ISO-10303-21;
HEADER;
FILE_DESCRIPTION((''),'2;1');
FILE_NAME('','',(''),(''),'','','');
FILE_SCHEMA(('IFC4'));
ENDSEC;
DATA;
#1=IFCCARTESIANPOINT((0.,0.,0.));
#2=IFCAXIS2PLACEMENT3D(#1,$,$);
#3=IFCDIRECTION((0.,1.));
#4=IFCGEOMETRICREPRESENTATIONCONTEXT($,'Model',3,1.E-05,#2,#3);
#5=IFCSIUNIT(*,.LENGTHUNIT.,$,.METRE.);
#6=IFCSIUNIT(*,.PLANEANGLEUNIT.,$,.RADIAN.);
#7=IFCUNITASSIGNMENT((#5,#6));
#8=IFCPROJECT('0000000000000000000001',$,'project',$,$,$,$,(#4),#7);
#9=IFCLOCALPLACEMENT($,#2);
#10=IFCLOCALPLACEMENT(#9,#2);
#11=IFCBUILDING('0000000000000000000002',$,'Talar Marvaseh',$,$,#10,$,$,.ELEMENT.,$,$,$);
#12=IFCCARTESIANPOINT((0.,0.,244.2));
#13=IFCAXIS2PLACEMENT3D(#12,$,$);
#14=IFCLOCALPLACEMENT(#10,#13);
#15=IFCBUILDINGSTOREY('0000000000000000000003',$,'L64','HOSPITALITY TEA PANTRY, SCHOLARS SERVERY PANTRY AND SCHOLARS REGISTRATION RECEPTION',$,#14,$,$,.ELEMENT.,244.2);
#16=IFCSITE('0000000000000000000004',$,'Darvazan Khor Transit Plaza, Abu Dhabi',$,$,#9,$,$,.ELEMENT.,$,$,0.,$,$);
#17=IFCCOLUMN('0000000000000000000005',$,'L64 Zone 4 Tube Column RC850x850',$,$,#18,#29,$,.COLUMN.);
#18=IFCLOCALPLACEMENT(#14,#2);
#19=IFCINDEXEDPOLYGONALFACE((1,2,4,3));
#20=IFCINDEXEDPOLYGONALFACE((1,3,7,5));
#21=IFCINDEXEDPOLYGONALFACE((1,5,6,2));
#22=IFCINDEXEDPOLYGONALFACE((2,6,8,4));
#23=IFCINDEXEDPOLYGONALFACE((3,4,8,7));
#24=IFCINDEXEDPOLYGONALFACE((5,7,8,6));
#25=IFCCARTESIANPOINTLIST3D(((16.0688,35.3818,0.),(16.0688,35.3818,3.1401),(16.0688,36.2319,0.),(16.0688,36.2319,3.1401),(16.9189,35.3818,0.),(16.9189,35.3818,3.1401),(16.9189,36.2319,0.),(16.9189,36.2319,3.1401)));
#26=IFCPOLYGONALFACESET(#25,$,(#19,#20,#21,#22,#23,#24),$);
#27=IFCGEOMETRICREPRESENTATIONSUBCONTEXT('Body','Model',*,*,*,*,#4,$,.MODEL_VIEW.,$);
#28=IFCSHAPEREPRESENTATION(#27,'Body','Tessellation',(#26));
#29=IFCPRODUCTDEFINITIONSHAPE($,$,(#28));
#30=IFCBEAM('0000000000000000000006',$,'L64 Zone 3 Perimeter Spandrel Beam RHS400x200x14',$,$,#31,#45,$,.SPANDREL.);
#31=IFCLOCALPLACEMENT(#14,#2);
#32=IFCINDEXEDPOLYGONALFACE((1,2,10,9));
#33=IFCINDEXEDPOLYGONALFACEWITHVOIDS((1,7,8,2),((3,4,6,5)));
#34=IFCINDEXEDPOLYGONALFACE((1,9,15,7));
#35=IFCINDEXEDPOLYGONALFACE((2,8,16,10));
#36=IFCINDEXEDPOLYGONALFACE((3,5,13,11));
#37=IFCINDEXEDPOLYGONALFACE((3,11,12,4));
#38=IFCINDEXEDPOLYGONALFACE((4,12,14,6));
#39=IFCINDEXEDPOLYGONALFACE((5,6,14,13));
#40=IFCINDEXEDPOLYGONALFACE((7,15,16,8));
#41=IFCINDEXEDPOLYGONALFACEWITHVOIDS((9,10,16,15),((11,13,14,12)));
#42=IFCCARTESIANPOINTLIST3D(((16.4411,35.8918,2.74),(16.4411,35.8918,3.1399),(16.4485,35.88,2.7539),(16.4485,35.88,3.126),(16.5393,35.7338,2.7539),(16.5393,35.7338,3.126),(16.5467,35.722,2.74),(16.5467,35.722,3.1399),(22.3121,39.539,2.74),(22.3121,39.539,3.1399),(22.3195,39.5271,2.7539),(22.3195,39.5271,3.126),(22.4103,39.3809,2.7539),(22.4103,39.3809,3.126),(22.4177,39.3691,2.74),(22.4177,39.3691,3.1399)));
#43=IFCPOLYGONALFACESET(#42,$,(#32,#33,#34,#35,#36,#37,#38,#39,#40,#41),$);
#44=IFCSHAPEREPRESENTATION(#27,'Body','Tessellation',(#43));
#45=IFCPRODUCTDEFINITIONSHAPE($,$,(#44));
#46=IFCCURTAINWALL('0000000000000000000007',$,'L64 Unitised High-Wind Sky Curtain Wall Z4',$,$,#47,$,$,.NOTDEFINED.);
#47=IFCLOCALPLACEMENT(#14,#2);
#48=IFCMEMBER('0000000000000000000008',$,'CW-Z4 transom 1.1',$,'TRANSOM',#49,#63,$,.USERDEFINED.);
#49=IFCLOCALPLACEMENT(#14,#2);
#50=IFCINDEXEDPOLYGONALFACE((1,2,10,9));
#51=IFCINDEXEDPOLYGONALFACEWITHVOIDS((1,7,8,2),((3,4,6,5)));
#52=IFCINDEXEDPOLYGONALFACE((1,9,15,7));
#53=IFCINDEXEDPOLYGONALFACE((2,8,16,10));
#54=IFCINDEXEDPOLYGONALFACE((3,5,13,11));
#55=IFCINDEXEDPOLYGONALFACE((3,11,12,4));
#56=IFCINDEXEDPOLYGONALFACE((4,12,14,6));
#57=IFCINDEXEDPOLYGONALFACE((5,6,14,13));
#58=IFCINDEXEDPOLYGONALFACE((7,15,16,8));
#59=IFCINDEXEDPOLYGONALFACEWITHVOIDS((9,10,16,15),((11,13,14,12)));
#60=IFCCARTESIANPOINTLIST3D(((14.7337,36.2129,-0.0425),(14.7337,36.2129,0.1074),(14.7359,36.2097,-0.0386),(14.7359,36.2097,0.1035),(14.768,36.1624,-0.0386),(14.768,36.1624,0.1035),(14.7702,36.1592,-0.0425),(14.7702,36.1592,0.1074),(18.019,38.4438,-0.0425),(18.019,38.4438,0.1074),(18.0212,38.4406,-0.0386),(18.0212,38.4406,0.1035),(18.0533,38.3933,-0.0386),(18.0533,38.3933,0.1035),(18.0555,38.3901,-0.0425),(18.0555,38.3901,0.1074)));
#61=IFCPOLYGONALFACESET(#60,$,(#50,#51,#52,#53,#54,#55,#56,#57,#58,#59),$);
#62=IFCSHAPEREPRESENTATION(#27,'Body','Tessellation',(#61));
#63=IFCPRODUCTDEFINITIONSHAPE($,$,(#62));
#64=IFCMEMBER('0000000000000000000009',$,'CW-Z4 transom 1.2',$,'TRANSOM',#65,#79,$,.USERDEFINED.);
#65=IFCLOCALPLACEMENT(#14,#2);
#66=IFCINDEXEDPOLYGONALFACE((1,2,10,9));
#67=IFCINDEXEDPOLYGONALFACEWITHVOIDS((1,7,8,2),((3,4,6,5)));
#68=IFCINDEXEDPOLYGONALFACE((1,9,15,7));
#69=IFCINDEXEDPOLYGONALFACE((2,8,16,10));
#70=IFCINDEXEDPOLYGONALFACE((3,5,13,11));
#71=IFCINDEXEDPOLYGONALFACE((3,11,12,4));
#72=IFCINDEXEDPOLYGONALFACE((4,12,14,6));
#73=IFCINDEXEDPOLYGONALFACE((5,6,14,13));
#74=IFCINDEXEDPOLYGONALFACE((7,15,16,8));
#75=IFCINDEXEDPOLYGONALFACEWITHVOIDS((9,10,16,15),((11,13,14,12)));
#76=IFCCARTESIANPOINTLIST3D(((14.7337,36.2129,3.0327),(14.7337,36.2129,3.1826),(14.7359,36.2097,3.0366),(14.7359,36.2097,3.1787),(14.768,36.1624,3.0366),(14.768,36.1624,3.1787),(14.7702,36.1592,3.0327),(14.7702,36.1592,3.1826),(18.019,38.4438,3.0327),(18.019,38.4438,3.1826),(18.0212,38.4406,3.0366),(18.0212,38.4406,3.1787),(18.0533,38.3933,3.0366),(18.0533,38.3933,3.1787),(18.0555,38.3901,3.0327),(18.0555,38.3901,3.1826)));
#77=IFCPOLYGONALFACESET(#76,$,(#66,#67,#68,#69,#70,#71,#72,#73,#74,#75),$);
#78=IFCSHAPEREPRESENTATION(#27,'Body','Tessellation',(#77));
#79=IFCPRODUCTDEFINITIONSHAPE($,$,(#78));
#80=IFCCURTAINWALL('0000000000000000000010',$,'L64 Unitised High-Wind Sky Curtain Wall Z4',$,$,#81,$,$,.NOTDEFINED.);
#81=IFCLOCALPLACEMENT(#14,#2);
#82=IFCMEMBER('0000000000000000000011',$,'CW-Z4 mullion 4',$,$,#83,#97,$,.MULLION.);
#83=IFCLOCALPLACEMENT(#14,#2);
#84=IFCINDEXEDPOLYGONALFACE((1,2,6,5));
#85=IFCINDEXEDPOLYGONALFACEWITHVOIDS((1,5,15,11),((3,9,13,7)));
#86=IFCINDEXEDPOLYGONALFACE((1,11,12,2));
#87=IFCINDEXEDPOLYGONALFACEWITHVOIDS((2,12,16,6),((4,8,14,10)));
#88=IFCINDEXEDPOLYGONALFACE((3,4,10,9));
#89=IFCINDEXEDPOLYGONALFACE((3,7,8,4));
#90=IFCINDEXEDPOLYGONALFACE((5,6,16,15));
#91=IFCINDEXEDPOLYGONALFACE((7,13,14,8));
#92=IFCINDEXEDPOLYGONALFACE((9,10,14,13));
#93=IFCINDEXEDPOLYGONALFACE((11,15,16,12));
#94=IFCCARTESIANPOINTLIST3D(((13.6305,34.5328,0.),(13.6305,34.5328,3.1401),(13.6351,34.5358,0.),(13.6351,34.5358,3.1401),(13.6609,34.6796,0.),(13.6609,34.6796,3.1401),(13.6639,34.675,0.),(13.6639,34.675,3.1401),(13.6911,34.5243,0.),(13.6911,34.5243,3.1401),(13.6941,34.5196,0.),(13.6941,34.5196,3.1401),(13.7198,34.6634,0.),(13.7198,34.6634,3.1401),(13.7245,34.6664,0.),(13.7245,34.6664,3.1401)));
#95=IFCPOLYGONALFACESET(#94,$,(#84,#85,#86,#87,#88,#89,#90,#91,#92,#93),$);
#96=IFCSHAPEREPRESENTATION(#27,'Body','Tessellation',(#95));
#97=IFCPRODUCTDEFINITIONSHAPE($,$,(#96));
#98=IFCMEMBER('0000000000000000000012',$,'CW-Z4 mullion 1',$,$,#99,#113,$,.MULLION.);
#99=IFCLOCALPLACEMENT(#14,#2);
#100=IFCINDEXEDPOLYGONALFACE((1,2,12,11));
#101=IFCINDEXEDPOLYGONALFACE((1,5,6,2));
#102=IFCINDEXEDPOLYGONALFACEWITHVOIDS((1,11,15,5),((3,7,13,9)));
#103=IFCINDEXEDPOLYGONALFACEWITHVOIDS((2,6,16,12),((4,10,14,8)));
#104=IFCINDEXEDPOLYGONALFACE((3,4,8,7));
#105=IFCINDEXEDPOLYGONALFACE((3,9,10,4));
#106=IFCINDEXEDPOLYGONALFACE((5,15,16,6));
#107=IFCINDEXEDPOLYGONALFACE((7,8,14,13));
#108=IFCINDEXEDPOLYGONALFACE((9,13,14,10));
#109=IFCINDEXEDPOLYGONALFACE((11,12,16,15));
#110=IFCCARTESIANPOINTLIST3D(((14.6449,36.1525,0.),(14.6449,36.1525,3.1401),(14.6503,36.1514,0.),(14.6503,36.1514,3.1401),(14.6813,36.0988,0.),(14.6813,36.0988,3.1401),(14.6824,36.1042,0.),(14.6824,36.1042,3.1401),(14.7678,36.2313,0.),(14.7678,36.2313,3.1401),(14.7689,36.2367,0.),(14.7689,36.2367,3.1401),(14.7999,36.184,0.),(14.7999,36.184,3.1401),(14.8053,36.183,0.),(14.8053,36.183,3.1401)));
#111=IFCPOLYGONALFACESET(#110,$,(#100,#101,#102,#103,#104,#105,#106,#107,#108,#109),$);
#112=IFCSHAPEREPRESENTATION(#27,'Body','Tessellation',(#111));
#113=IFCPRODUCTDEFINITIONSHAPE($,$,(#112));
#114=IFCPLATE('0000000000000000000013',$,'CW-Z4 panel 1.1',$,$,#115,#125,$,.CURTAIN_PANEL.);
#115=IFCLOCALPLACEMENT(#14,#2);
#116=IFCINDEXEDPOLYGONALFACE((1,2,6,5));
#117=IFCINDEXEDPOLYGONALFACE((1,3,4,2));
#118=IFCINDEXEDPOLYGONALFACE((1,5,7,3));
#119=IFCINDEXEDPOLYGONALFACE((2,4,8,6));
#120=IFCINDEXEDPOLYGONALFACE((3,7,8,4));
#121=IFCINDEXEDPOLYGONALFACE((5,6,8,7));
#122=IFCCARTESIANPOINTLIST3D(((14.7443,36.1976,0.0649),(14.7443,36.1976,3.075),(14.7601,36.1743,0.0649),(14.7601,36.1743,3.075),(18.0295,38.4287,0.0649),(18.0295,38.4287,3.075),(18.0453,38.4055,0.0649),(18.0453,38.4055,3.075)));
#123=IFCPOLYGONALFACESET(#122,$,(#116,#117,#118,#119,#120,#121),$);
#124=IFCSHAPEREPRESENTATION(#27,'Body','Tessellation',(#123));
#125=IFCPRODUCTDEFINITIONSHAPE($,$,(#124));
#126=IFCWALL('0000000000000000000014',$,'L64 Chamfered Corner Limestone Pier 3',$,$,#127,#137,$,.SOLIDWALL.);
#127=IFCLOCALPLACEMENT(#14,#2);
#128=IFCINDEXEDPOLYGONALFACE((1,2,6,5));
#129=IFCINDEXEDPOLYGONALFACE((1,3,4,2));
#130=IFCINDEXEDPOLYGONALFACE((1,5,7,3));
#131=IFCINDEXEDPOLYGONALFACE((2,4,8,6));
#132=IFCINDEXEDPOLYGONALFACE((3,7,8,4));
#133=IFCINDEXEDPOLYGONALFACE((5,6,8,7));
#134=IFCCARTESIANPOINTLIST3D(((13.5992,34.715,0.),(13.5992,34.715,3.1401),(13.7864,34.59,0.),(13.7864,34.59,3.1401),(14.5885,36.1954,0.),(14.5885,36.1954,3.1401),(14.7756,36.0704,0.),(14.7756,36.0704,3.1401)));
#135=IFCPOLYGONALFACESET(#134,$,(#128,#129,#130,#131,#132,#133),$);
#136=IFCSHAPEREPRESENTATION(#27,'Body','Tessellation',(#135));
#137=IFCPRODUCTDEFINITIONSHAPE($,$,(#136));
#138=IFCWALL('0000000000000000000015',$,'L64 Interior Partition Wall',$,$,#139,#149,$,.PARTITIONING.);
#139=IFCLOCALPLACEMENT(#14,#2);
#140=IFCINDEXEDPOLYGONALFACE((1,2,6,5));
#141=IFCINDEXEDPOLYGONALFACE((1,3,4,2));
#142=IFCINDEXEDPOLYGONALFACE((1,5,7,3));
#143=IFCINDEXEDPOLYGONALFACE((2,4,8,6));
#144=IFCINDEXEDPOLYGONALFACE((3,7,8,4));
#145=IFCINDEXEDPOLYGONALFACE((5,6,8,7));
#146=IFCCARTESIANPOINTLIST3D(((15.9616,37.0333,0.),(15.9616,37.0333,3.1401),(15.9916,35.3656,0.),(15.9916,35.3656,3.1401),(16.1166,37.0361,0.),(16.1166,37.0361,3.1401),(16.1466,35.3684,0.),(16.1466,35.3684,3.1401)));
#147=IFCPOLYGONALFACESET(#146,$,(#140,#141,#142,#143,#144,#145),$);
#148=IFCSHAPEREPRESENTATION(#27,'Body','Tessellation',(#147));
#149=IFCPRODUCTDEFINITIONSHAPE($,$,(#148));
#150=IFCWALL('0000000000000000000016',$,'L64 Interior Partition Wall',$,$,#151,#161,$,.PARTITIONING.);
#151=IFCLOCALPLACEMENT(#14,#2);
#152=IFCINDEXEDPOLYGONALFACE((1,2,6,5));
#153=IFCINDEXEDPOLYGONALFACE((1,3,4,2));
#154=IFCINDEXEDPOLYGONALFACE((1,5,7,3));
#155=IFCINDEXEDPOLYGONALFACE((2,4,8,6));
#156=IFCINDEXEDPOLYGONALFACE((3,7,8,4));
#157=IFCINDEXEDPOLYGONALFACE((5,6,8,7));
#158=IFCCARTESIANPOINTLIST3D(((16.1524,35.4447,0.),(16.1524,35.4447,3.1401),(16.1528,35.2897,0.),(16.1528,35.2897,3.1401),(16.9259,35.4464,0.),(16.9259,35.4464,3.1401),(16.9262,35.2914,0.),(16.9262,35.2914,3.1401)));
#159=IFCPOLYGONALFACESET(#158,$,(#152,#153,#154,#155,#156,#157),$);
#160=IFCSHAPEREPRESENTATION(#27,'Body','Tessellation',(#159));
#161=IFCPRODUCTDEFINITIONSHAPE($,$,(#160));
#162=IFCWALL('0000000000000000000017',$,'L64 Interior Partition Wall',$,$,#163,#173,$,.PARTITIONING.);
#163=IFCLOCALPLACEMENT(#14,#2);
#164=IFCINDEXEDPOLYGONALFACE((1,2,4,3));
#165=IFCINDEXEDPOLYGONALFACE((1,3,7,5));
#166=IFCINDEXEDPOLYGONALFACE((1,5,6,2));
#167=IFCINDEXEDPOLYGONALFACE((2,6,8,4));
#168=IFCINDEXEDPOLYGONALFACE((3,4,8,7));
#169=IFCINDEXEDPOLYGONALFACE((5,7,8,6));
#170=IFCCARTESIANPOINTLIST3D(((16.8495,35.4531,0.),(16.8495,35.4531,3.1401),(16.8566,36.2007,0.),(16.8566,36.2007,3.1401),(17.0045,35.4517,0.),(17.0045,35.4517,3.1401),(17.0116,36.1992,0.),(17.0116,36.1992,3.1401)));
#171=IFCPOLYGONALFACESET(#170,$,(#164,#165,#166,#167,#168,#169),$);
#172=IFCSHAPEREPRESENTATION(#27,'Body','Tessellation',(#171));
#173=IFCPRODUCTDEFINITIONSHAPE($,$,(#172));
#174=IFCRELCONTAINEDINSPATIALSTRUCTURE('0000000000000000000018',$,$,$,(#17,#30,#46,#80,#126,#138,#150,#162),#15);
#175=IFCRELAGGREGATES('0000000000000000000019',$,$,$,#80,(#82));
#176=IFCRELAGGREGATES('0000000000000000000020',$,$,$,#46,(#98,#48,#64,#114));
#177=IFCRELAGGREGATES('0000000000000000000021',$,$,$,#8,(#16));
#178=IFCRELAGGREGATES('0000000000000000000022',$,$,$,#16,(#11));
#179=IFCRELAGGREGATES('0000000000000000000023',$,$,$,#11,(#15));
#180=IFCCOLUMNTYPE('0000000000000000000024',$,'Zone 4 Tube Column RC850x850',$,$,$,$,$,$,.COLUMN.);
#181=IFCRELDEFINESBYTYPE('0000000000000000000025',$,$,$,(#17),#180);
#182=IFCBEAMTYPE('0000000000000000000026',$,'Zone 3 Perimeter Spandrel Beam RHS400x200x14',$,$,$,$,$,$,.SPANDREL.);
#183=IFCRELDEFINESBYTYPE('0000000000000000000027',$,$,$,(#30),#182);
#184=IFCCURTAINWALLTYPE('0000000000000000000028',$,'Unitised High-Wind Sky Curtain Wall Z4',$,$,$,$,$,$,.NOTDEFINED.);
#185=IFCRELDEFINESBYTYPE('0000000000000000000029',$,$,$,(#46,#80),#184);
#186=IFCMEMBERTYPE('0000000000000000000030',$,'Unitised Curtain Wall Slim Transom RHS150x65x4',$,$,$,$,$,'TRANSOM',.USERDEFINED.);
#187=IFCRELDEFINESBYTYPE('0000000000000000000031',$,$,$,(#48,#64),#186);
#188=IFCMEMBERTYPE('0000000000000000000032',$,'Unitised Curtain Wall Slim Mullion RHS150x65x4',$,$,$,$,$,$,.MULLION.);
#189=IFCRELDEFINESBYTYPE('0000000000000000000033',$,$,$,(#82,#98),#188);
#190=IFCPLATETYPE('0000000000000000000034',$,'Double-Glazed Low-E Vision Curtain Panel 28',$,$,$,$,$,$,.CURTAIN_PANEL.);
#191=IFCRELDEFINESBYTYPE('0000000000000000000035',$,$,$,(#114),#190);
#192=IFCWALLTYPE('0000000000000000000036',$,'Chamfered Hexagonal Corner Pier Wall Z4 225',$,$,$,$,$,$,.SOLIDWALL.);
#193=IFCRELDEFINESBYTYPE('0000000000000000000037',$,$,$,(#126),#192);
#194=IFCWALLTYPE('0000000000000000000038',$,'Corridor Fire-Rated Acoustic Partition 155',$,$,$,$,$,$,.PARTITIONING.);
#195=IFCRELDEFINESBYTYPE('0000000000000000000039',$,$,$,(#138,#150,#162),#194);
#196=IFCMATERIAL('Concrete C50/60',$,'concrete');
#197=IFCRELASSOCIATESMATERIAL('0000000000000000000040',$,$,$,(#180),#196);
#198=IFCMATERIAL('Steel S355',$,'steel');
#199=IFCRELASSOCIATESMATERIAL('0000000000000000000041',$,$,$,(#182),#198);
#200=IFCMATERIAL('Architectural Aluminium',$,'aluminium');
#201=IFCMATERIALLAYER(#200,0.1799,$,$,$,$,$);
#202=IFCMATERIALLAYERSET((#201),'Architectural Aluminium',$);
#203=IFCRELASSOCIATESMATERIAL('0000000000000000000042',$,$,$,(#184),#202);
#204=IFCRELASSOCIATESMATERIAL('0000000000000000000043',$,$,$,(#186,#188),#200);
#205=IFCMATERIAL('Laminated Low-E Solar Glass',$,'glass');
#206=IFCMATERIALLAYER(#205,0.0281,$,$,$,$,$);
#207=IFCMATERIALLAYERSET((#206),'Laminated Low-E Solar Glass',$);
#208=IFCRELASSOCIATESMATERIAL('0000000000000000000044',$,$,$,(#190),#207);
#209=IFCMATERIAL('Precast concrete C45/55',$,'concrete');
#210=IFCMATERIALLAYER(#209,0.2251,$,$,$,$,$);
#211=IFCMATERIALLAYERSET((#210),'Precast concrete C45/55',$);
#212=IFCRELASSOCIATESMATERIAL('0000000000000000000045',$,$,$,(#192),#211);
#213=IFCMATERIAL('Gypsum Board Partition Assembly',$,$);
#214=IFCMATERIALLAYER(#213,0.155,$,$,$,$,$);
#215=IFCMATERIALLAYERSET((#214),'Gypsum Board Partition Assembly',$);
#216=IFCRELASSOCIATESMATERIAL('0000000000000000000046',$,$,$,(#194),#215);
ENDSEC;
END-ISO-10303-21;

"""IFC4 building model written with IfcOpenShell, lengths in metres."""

from ifc_helpers import new_model, si_unit, direction, frame, frame_2d, origin, origin_2d, place, context, subcontext, project, spatial, rectangle, hollow_rectangle, extrude, source, transform, mapped, material, layer, layer_set, material_profile, profile_set, type_object, type_shapes, element, aggregate, save


model = new_model("IFC4")

# Units and contexts
model_context = context("Model", 3, precision=1e-05, world=origin(), true_north=direction((0.0, 1.0)))
body_context = subcontext(model_context, "Body", "Model", "MODEL_VIEW")
ifc_project = project(units=[si_unit("LENGTHUNIT", "METRE"), si_unit("PLANEANGLEUNIT", "RADIAN")], contexts=[model_context])

# Site, building, storey
site_placement = place(None, origin())
site = spatial("IfcSite", under=ifc_project, at=site_placement, Name="Darvazan Khor Transit Plaza, Abu Dhabi", CompositionType="ELEMENT", RefElevation=0.0)
building_placement = place(site_placement, origin())
building = spatial("IfcBuilding", under=site, at=building_placement, Name="Talar Marvaseh", CompositionType="ELEMENT")
storey_placement = place(building_placement, frame((0.0, 0.0, 244.2)))
storey = spatial("IfcBuildingStorey", under=building, at=storey_placement, Name="L64", Description="HOSPITALITY TEA PANTRY, SCHOLARS SERVERY PANTRY AND SCHOLARS REGISTRATION RECEPTION", CompositionType="ELEMENT", Elevation=244.2)

# Column
ifc_material_1 = material(Name="Concrete C50/60", Category="concrete")
ifc_material_profile_1 = material_profile(ifc_material_1, rectangle(XDim=0.8501, YDim=0.8501, at=origin_2d()), Name="RC850x850")
ifc_profile_set_1 = profile_set([ifc_material_profile_1], Name="Concrete C50/60")
column_type = type_object("IfcColumnType", Name="Zone 4 Tube Column RC850x850", PredefinedType="COLUMN", material=ifc_profile_set_1)
column_placement = place(storey_placement, frame((16.4939, 35.8069, 0.0), z_axis=(0.0, 0.0, 1.0), x_axis=(1.0, 0.0, 0.0)))
element("IfcColumn", 1, at=column_placement, inside=storey, type_object=column_type, Name="L64 Zone 4 Tube Column RC850x850", PredefinedType="COLUMN", context=body_context, shape_type="SweptSolid", body=[
    extrude(rectangle(XDim=0.8501, YDim=0.8501, at=origin_2d()), origin(), (0.0, 0.0, 1.0), 3.1401),
])

# Beam
ifc_material_2 = material(Name="Steel S355", Category="steel")
ifc_material_profile_2 = material_profile(ifc_material_2, hollow_rectangle(XDim=0.2, YDim=0.3999, WallThickness=0.0139, at=origin_2d()), Name="RHS400x200x14")
ifc_profile_set_2 = profile_set([ifc_material_profile_2], Name="Steel S355")
beam_type = type_object("IfcBeamType", Name="Zone 3 Perimeter Spandrel Beam RHS400x200x14", PredefinedType="SPANDREL", material=ifc_profile_set_2)
beam_placement = place(storey_placement, frame((16.4939, 35.8069, 2.9399), z_axis=(0.84944, 0.527686, 0.0), x_axis=(-0.527686, 0.84944, 0.0)))
element("IfcBeam", 2, at=beam_placement, inside=storey, type_object=beam_type, Name="L64 Zone 3 Perimeter Spandrel Beam RHS400x200x14", PredefinedType="SPANDREL", context=body_context, shape_type="SweptSolid", body=[
    extrude(hollow_rectangle(XDim=0.2, YDim=0.3999, WallThickness=0.0139, at=origin_2d()), origin(), (0.0, 0.0, 1.0), 6.9116),
])

# Curtain wall, members
ifc_material_3 = material(Name="Architectural Aluminium", Category="aluminium")
ifc_layer_1 = layer(ifc_material_3, 0.1799)
ifc_layer_set_1 = layer_set([ifc_layer_1], Name="Architectural Aluminium")
curtain_wall_type = type_object("IfcCurtainWallType", Name="Unitised High-Wind Sky Curtain Wall Z4", PredefinedType="NOTDEFINED", material=ifc_layer_set_1)
curtain_wall_1_placement = place(storey_placement, origin())
curtain_wall_1 = element("IfcCurtainWall", 3, at=curtain_wall_1_placement, inside=storey, type_object=curtain_wall_type, Name="L64 Unitised High-Wind Sky Curtain Wall Z4", PredefinedType="NOTDEFINED")
ifc_material_profile_3 = material_profile(ifc_material_3, hollow_rectangle(XDim=0.0649, YDim=0.1499, WallThickness=0.0039, at=origin_2d()), Name="RHS150x65x4")
ifc_profile_set_3 = profile_set([ifc_material_profile_3], Name="Architectural Aluminium")
member_type_1 = type_object("IfcMemberType", Name="Unitised Curtain Wall Slim Transom RHS150x65x4", ElementType="TRANSOM", PredefinedType="USERDEFINED", material=ifc_profile_set_3)
shared_shape_1 = source(origin(), body_context, "Body", "SweptSolid", [
    extrude(hollow_rectangle(XDim=0.0649, YDim=0.1499, WallThickness=0.0039, at=origin_2d()), origin(), (0.0, 0.0, 1.0), 3.9712),
])
type_shapes(member_type_1, [shared_shape_1])
member_1_placement = place(storey_placement, frame((14.752, 36.186, 0.0325), z_axis=(0.827291, 0.561773, 0.0), x_axis=(-0.561773, 0.827291, 0.0)))
member_1 = element("IfcMember", 4, at=member_1_placement, type_object=member_type_1, Name="CW-Z4 transom 1.1", ObjectType="TRANSOM", PredefinedType="USERDEFINED", context=body_context, shape_type="MappedRepresentation", body=[
    mapped(shared_shape_1, transform((0.0, 0.0, 0.0), x_axis=(1.0, 0.0, 0.0), y_axis=(0.0, 1.0, 0.0), z_axis=(0.0, 0.0, 1.0), scale=1.0)),
])
member_2_placement = place(storey_placement, frame((14.752, 36.186, 3.1077), z_axis=(0.827291, 0.561773, 0.0), x_axis=(-0.561773, 0.827291, 0.0)))
member_2 = element("IfcMember", 5, at=member_2_placement, type_object=member_type_1, Name="CW-Z4 transom 1.2", ObjectType="TRANSOM", PredefinedType="USERDEFINED", context=body_context, shape_type="MappedRepresentation", body=[
    mapped(shared_shape_1, transform((0.0, 0.0, 0.0), x_axis=(1.0, 0.0, 0.0), y_axis=(0.0, 1.0, 0.0), z_axis=(0.0, 0.0, 1.0), scale=1.0)),
])

# Curtain wall, member
curtain_wall_2_placement = place(storey_placement, origin())
curtain_wall_2 = element("IfcCurtainWall", 6, at=curtain_wall_2_placement, inside=storey, type_object=curtain_wall_type, Name="L64 Unitised High-Wind Sky Curtain Wall Z4", PredefinedType="NOTDEFINED")
ifc_material_profile_4 = material_profile(ifc_material_3, hollow_rectangle(XDim=0.0649, YDim=0.1499, WallThickness=0.0039, at=origin_2d()), Name="RHS150x65x4")
ifc_profile_set_4 = profile_set([ifc_material_profile_4], Name="Architectural Aluminium")
member_type_2 = type_object("IfcMemberType", Name="Unitised Curtain Wall Slim Mullion RHS150x65x4", PredefinedType="MULLION", material=ifc_profile_set_4)
shared_shape_2 = source(origin(), body_context, "Body", "SweptSolid", [
    extrude(hollow_rectangle(XDim=0.0649, YDim=0.1499, WallThickness=0.0039, at=origin_2d()), origin(), (0.0, 0.0, 1.0), 3.1401),
])
type_shapes(member_type_2, [shared_shape_2])
member_3_placement = place(storey_placement, frame((13.6775, 34.5996, 0.0), z_axis=(0.0, 0.0, 1.0), x_axis=(-0.979286, 0.202482, 0.0)))
member_3 = element("IfcMember", 7, at=member_3_placement, type_object=member_type_2, Name="CW-Z4 mullion 4", PredefinedType="MULLION", context=body_context, shape_type="MappedRepresentation", body=[
    mapped(shared_shape_2, transform((0.0, 0.0, 0.0), x_axis=(1.0, 0.0, 0.0), y_axis=(0.0, 1.0, 0.0), z_axis=(0.0, 0.0, 1.0), scale=1.0)),
])
aggregate(curtain_wall_2, [member_3])

# Member
member_4_placement = place(storey_placement, frame((14.7251, 36.1677, 0.0), z_axis=(0.0, 0.0, 1.0), x_axis=(-0.561823, 0.827258, 0.0)))
member_4 = element("IfcMember", 8, at=member_4_placement, type_object=member_type_2, Name="CW-Z4 mullion 1", PredefinedType="MULLION", context=body_context, shape_type="MappedRepresentation", body=[
    mapped(shared_shape_2, transform((0.0, 0.0, 0.0), x_axis=(1.0, 0.0, 0.0), y_axis=(0.0, 1.0, 0.0), z_axis=(0.0, 0.0, 1.0), scale=1.0)),
])

# Plate
ifc_material_4 = material(Name="Laminated Low-E Solar Glass", Category="glass")
ifc_layer_2 = layer(ifc_material_4, 0.0281)
ifc_layer_set_2 = layer_set([ifc_layer_2], Name="Laminated Low-E Solar Glass")
plate_type = type_object("IfcPlateType", Name="Double-Glazed Low-E Vision Curtain Panel 28", PredefinedType="CURTAIN_PANEL", material=ifc_layer_set_2)
shared_shape_3 = source(origin(), body_context, "Body", "SweptSolid", [
    extrude(rectangle(XDim=3.9712, YDim=0.0281, at=origin_2d()), origin(), (0.0, 0.0, 1.0), 3.01),
])
type_shapes(plate_type, [shared_shape_3])
plate_placement = place(storey_placement, frame((16.3948, 37.3015, 0.0649), z_axis=(0.0, 0.0, 1.0), x_axis=(0.827258, 0.561823, 0.0)))
plate = element("IfcPlate", 9, at=plate_placement, type_object=plate_type, Name="CW-Z4 panel 1.1", PredefinedType="CURTAIN_PANEL", context=body_context, shape_type="MappedRepresentation", body=[
    mapped(shared_shape_3, transform((0.0, 0.0, 0.0), x_axis=(1.0, 0.0, 0.0), y_axis=(0.0, 1.0, 0.0), z_axis=(0.0, 0.0, 1.0), scale=1.0)),
])
aggregate(curtain_wall_1, [member_4, member_1, member_2, plate])

# Wall
ifc_material_5 = material(Name="Precast concrete C45/55", Category="concrete")
ifc_layer_3 = layer(ifc_material_5, 0.2251)
ifc_layer_set_3 = layer_set([ifc_layer_3], Name="Precast concrete C45/55")
wall_type_1 = type_object("IfcWallType", Name="Chamfered Hexagonal Corner Pier Wall Z4 225", PredefinedType="SOLIDWALL", material=ifc_layer_set_3)
wall_1_placement = place(storey_placement, frame((13.6929, 34.6526, 0.0), z_axis=(0.0, 0.0, 1.0), x_axis=(0.555586, 0.831459, 0.0)))
element("IfcWall", 10, at=wall_1_placement, inside=storey, type_object=wall_type_1, Name="L64 Chamfered Corner Limestone Pier 3", PredefinedType="SOLIDWALL", context=body_context, shape_type="SweptSolid", body=[
    extrude(rectangle(XDim=1.7805, YDim=0.2251, at=frame_2d((0.8901, 0.0))), origin(), (0.0, 0.0, 1.0), 3.1401),
])

# Shared definitions
ifc_material_6 = material(Name="Gypsum Board Partition Assembly")
ifc_layer_4 = layer(ifc_material_6, 0.155)
ifc_layer_set_4 = layer_set([ifc_layer_4], Name="Gypsum Board Partition Assembly")
wall_type_2 = type_object("IfcWallType", Name="Corridor Fire-Rated Acoustic Partition 155", PredefinedType="PARTITIONING", material=ifc_layer_set_4)

# Walls
wall_2_placement = place(storey_placement, frame((16.0391, 37.0347, 0.0), z_axis=(0.0, 0.0, 1.0), x_axis=(0.018003, -0.999838, 0.0)))
element("IfcWall", 11, at=wall_2_placement, inside=storey, type_object=wall_type_2, Name="L64 Interior Partition Wall", PredefinedType="PARTITIONING", context=body_context, shape_type="SweptSolid", body=[
    extrude(rectangle(XDim=1.668, YDim=0.155, at=frame_2d((0.834, 0.0))), origin(), (0.0, 0.0, 1.0), 3.1401),
])
wall_3_placement = place(storey_placement, frame((16.1526, 35.3672, 0.0), z_axis=(0.0, 0.0, 1.0), x_axis=(0.999998, 0.00221, 0.0)))
element("IfcWall", 12, at=wall_3_placement, inside=storey, type_object=wall_type_2, Name="L64 Interior Partition Wall", PredefinedType="PARTITIONING", context=body_context, shape_type="SweptSolid", body=[
    extrude(rectangle(XDim=0.7734, YDim=0.155, at=frame_2d((0.3867, 0.0))), origin(), (0.0, 0.0, 1.0), 3.1401),
])
wall_4_placement = place(storey_placement, frame((16.927, 35.4524, 0.0), z_axis=(0.0, 0.0, 1.0), x_axis=(0.009471, 0.999955, 0.0)))
element("IfcWall", 13, at=wall_4_placement, inside=storey, type_object=wall_type_2, Name="L64 Interior Partition Wall", PredefinedType="PARTITIONING", context=body_context, shape_type="SweptSolid", body=[
    extrude(rectangle(XDim=0.7476, YDim=0.155, at=frame_2d((0.3738, 0.0))), origin(), (0.0, 0.0, 1.0), 3.1401),
])

save(model, "model.ifc")
